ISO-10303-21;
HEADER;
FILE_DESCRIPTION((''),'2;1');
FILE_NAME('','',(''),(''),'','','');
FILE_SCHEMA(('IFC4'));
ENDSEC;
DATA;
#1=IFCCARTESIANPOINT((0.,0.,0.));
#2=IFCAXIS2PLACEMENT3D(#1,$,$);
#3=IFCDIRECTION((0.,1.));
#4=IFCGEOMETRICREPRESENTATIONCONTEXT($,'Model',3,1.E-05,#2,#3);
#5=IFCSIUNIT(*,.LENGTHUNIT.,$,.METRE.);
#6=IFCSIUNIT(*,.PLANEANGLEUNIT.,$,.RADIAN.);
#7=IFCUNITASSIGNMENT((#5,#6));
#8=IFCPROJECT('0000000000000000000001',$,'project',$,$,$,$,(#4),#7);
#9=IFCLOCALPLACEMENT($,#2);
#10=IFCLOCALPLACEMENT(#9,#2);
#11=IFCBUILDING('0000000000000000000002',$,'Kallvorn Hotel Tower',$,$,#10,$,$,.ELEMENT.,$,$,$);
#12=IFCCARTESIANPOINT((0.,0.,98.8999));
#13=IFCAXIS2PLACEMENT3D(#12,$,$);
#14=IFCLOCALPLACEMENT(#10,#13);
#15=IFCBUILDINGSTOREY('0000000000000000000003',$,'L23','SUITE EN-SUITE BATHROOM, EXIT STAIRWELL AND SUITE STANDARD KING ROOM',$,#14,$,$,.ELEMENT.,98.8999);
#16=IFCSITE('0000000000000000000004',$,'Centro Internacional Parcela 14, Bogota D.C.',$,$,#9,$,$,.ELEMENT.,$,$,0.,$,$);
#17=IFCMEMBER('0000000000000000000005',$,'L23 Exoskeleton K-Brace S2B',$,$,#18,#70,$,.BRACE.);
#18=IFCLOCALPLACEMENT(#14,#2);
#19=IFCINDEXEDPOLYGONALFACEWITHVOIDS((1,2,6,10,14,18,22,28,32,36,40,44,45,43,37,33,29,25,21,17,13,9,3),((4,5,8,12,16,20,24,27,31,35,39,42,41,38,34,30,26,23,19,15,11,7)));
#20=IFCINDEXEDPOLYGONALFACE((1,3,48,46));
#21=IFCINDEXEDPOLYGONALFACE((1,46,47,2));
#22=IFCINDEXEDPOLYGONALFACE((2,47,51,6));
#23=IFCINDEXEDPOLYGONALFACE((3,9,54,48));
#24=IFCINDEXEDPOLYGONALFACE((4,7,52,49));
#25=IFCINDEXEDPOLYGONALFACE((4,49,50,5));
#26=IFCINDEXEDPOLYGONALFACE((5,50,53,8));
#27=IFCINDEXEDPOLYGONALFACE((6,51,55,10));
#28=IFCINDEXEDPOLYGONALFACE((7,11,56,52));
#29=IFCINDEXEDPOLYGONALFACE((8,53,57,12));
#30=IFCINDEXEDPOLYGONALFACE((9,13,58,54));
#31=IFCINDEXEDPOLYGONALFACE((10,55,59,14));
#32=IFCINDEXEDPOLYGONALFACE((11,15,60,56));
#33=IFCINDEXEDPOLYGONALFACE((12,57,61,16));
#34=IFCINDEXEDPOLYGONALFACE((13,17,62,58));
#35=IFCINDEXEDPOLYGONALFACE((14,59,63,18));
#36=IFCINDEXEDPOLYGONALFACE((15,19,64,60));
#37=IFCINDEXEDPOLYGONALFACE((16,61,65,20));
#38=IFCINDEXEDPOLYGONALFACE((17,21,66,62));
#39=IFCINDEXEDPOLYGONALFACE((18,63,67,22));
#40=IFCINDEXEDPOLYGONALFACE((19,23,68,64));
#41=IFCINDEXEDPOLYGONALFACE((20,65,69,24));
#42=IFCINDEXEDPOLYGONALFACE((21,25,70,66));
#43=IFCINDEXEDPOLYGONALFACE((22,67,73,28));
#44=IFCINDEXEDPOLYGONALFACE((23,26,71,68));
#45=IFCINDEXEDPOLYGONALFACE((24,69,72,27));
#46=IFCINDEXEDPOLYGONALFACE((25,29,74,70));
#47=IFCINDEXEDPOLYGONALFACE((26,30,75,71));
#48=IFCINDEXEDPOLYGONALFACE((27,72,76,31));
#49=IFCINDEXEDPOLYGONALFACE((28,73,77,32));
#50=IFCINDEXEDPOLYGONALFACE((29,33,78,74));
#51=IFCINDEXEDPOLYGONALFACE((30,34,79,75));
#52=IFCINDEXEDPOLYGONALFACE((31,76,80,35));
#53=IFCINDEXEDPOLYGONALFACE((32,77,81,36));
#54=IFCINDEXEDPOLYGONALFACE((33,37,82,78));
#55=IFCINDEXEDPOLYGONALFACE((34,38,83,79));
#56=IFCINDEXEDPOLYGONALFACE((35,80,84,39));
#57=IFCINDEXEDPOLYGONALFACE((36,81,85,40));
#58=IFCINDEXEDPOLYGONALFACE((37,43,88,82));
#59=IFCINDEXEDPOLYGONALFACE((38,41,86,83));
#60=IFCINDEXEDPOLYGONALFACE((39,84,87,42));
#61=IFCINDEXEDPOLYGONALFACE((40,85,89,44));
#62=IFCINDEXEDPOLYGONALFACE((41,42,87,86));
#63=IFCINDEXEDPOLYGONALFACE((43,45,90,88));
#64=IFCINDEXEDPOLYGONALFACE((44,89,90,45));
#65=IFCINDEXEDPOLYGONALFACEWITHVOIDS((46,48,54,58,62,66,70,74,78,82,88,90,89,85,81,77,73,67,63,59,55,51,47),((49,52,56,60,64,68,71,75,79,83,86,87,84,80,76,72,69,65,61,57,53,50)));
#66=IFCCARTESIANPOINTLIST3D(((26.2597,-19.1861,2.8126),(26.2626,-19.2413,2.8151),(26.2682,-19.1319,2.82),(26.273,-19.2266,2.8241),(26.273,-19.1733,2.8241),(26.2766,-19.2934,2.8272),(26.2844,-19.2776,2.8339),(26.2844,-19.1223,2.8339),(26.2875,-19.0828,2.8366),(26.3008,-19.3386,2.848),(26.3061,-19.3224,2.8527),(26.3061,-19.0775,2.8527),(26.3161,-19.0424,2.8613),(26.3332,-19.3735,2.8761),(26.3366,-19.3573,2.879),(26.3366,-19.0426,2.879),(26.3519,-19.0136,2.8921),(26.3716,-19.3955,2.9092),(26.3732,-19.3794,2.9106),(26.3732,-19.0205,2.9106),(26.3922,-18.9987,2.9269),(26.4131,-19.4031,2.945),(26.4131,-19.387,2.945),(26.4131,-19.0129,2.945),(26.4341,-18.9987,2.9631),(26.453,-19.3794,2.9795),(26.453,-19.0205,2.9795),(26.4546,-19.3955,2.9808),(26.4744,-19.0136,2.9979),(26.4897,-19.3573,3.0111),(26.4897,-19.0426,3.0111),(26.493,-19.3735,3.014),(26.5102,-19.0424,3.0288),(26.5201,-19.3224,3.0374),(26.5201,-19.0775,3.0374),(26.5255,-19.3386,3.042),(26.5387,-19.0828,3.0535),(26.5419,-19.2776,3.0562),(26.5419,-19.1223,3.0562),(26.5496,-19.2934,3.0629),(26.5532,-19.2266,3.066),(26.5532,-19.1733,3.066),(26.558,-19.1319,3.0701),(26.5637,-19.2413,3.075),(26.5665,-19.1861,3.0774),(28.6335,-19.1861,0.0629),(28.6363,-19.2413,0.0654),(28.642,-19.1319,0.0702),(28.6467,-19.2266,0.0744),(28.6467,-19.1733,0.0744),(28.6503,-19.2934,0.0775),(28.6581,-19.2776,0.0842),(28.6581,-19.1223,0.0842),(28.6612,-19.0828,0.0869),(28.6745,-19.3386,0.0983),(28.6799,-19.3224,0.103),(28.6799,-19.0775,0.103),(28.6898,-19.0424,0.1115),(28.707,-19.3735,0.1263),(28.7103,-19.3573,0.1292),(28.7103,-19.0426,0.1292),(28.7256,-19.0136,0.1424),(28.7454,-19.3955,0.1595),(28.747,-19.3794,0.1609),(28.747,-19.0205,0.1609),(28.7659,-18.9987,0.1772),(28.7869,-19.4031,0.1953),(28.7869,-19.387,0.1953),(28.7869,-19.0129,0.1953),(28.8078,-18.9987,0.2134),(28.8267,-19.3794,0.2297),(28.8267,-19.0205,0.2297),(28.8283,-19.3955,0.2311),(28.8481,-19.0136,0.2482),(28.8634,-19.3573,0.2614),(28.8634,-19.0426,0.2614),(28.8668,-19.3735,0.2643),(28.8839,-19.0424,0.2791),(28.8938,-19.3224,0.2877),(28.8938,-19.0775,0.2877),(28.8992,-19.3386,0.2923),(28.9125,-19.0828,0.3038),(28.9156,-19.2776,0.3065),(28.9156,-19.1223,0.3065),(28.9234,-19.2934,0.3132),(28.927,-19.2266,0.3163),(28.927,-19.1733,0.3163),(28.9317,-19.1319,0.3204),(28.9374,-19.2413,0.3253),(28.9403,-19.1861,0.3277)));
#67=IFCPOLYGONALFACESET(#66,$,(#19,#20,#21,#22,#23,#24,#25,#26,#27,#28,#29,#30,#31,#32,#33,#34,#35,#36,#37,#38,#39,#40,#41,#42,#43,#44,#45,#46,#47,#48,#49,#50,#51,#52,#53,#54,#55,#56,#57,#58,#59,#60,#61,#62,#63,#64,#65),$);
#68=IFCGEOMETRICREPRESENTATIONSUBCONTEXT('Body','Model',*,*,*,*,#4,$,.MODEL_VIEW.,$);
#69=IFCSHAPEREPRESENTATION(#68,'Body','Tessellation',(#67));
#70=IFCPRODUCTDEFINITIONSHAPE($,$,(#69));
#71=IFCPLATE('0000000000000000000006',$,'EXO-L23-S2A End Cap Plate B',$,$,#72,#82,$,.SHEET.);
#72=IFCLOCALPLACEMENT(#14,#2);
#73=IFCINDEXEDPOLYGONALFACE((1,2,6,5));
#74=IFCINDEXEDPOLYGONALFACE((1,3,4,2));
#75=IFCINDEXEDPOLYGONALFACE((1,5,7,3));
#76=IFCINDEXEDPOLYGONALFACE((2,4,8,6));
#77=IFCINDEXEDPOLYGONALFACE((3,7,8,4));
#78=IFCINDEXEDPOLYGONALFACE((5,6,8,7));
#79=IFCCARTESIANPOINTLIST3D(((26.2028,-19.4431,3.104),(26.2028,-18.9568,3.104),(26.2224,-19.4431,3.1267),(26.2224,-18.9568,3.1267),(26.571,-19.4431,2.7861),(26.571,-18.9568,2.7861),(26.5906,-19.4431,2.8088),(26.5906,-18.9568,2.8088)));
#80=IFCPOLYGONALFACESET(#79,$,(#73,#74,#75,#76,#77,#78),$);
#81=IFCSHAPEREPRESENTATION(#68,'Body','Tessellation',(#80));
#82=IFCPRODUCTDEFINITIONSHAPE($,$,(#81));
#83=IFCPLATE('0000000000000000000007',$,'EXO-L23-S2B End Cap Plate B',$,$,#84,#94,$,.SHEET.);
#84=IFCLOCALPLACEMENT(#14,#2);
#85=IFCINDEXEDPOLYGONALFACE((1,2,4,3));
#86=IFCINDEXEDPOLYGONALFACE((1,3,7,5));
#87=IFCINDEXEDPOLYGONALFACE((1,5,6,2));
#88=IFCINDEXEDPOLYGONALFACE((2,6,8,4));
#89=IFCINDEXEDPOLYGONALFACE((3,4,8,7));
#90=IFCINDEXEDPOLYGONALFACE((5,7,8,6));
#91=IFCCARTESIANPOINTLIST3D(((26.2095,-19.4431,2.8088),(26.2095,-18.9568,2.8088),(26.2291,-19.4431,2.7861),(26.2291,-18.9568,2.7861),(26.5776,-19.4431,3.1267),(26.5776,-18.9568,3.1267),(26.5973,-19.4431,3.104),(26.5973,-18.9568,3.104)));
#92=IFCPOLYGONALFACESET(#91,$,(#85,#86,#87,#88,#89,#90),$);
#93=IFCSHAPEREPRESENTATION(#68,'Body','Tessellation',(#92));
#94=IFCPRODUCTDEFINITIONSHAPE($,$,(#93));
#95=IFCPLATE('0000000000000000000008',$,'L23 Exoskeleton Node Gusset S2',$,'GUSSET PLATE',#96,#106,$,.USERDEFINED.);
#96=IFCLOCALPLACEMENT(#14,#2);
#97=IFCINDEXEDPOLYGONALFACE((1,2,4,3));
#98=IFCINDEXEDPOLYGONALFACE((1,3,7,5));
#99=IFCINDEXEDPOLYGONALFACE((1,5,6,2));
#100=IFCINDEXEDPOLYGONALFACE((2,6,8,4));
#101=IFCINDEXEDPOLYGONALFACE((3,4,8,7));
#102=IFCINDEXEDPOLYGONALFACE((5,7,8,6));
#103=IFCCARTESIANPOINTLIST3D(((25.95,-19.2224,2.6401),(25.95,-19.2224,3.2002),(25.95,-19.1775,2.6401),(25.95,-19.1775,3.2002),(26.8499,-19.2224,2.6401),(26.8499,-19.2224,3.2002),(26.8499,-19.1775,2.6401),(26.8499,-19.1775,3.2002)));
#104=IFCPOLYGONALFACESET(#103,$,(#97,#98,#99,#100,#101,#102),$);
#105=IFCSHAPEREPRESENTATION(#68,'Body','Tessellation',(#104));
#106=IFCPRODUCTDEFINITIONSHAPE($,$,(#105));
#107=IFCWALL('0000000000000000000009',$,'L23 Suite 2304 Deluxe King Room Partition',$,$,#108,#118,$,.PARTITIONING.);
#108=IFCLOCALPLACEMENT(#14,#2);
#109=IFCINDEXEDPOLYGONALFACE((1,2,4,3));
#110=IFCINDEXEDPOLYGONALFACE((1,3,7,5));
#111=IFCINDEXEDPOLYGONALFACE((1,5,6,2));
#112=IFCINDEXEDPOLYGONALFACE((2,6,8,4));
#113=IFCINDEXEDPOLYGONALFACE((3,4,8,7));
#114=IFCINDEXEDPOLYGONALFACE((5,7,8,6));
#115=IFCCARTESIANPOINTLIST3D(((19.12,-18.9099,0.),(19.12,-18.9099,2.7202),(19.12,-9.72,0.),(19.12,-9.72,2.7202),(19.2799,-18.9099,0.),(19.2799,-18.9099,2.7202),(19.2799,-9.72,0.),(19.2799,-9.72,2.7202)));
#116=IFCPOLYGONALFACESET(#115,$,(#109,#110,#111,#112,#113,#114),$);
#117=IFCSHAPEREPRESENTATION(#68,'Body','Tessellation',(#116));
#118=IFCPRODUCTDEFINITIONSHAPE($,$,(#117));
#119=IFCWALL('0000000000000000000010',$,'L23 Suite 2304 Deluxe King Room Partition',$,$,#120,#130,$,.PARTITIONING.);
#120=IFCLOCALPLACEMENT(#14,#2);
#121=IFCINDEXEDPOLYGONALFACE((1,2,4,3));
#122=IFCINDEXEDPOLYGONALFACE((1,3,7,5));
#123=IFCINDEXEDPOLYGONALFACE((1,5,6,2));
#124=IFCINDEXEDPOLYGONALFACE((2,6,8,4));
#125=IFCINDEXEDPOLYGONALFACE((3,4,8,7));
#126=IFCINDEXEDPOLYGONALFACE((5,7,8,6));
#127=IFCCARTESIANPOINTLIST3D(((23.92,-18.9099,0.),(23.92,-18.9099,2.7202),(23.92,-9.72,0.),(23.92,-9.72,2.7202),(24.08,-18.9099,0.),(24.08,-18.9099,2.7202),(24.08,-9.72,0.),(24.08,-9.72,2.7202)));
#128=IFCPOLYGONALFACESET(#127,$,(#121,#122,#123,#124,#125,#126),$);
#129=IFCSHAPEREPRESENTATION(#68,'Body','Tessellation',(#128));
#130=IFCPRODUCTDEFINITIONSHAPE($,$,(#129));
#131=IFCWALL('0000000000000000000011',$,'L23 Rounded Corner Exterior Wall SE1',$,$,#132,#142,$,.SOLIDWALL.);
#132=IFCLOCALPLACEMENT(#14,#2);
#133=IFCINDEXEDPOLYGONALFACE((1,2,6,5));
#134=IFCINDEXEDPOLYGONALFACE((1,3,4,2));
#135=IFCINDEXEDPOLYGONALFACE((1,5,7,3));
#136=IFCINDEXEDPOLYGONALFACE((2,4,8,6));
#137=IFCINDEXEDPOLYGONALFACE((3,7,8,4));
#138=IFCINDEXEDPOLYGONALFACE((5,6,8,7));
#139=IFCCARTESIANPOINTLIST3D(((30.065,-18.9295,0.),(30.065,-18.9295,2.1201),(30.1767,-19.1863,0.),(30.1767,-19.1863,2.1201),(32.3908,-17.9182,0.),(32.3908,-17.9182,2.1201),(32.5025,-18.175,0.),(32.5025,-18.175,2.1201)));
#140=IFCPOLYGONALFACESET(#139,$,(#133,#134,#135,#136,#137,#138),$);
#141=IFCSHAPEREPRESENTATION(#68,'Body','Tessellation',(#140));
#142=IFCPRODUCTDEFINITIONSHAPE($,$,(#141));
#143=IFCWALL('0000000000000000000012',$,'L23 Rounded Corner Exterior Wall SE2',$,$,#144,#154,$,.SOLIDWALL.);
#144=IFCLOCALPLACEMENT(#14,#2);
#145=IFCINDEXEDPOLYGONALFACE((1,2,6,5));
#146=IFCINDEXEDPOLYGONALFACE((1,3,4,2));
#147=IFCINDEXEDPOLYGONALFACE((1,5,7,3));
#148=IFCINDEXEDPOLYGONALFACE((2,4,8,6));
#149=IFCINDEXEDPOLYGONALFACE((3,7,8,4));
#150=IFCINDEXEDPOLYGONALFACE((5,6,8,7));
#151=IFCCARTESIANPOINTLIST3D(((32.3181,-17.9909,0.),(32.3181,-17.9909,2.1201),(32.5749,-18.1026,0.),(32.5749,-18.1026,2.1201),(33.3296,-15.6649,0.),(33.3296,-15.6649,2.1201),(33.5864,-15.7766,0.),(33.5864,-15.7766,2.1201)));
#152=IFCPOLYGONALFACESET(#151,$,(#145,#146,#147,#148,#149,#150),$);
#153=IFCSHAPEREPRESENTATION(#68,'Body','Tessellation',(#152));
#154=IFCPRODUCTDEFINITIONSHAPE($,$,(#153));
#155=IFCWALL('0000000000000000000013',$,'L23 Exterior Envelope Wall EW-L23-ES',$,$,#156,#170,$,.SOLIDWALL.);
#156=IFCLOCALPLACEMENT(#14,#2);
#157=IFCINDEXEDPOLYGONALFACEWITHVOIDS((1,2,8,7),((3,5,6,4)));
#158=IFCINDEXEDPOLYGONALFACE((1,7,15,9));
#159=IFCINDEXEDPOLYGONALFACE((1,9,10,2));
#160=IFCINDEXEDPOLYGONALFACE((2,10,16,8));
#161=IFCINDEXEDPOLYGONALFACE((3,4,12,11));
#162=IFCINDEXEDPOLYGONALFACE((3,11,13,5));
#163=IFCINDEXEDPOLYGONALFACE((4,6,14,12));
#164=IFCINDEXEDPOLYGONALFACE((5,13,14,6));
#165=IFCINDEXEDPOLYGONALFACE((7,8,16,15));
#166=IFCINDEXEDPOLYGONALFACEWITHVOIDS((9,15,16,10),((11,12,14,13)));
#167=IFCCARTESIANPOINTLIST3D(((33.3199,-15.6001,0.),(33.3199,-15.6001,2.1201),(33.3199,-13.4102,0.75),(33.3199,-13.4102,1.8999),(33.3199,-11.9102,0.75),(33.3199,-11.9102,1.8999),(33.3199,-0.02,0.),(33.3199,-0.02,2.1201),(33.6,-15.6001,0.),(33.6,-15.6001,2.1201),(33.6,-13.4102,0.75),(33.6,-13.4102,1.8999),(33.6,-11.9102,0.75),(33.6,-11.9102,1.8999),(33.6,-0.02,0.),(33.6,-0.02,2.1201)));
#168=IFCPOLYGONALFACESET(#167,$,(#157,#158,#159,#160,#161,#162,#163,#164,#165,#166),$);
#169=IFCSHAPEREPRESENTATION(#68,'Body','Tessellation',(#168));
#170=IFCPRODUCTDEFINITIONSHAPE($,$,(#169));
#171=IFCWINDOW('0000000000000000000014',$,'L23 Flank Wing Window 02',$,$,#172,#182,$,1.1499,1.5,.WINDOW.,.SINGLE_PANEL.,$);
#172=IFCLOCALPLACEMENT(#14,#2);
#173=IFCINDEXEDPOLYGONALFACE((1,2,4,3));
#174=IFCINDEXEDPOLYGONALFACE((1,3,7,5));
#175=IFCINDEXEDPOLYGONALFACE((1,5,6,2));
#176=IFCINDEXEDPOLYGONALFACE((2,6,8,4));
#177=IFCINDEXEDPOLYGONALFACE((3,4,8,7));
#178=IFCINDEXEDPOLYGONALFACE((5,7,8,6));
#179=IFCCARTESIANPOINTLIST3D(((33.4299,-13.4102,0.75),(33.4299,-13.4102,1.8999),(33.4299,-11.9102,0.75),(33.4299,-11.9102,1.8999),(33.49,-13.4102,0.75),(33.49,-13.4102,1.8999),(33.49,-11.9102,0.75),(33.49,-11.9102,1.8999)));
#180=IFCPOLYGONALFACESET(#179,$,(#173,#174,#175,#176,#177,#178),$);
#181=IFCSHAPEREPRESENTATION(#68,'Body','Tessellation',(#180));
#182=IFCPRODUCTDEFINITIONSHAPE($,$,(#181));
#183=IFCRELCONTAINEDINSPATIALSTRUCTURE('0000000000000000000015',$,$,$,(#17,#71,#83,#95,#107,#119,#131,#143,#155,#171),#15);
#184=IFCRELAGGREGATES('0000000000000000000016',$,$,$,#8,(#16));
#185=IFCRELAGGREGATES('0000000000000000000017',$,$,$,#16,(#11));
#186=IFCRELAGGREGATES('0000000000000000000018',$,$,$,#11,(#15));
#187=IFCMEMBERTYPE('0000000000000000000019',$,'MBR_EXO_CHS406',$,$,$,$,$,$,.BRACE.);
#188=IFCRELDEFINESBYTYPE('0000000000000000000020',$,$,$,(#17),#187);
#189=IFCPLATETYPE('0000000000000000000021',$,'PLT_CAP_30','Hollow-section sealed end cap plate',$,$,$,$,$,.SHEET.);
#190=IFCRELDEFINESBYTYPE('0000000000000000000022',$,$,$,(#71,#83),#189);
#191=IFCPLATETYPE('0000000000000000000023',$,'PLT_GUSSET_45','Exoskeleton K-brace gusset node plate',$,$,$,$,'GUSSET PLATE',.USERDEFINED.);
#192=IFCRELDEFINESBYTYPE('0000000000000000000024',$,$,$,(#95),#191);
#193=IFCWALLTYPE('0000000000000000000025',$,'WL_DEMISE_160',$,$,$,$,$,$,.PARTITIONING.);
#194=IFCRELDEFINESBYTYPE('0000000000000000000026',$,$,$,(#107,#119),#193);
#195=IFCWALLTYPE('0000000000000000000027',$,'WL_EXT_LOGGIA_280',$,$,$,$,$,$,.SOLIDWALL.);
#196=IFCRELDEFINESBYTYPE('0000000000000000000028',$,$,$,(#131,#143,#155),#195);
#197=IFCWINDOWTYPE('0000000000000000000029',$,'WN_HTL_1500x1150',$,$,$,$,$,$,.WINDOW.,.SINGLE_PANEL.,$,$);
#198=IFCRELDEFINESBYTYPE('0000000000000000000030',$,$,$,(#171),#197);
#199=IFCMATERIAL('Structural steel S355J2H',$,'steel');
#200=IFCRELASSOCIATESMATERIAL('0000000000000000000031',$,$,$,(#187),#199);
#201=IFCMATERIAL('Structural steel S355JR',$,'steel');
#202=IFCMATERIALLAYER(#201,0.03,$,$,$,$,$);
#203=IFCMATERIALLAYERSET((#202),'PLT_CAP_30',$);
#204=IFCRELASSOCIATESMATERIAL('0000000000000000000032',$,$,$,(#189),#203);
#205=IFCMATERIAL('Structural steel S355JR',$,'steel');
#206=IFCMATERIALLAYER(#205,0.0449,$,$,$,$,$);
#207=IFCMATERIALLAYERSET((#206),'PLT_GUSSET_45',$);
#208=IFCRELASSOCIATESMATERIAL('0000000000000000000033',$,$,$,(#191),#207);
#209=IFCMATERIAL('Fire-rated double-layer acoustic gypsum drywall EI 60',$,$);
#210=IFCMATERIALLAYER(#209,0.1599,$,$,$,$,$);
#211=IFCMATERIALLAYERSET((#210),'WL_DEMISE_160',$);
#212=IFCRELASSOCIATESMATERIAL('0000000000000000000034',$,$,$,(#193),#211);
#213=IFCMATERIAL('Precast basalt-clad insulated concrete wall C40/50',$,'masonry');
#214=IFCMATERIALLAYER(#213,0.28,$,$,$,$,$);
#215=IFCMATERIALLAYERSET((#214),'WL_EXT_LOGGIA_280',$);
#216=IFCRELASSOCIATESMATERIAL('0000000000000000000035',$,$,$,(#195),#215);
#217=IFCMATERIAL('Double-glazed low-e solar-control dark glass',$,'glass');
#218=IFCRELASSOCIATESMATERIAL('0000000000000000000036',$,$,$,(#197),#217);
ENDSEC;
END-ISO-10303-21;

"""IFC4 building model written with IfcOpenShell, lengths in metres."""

from ifc_helpers import new_model, si_unit, direction, frame, frame_2d, origin, origin_2d, place, context, subcontext, project, spatial, polyline, rectangle, hollow_circle, outline, extrude, material, layer, layer_set, material_profile, profile_set, type_object, element, fill, save


model = new_model("IFC4")

# Units and contexts
model_context = context("Model", 3, precision=1e-05, world=origin(), true_north=direction((0.0, 1.0)))
body_context = subcontext(model_context, "Body", "Model", "MODEL_VIEW")
ifc_project = project(units=[si_unit("LENGTHUNIT", "METRE"), si_unit("PLANEANGLEUNIT", "RADIAN")], contexts=[model_context])

# Site, building, storey
site_placement = place(None, origin())
site = spatial("IfcSite", under=ifc_project, at=site_placement, Name="Centro Internacional Parcela 14, Bogota D.C.", CompositionType="ELEMENT", RefElevation=0.0)
building_placement = place(site_placement, origin())
building = spatial("IfcBuilding", under=site, at=building_placement, Name="Kallvorn Hotel Tower", CompositionType="ELEMENT")
storey_placement = place(building_placement, frame((0.0, 0.0, 98.8999)))
storey = spatial("IfcBuildingStorey", under=building, at=storey_placement, Name="L23", Description="SUITE EN-SUITE BATHROOM, EXIT STAIRWELL AND SUITE STANDARD KING ROOM", CompositionType="ELEMENT", Elevation=98.8999)

# Member
ifc_material_1 = material(Name="Structural steel S355J2H", Category="steel")
ifc_material_profile_1 = material_profile(ifc_material_1, hollow_circle(Radius=0.2031, WallThickness=0.0161, at=origin_2d()), Name="CHS 406.4x16")
ifc_profile_set_1 = profile_set([ifc_material_profile_1], Name="Structural steel S355J2H")
member_type = type_object("IfcMemberType", Name="MBR_EXO_CHS406", PredefinedType="BRACE", material=ifc_profile_set_1)
for number, where, z_axis, x_axis, name in (
    (1, (28.7869, -19.2, 0.1953), (-0.653461, 0.0, 0.756961), (0.0, -1.0, 0.0), "L23 Exoskeleton K-Brace S2B"),
):
    element("IfcMember", number, at=place(storey_placement, frame(where, z_axis=z_axis, x_axis=x_axis)), inside=storey, type_object=member_type, Name=name, PredefinedType="BRACE", context=body_context, shape_type="SweptSolid", body=[
        extrude(hollow_circle(Radius=0.2031, WallThickness=0.0161, at=origin_2d()), origin(), (0.0, 0.0, 1.0), 3.6326),
    ])

# Plates
ifc_material_2 = material(Name="Structural steel S355JR", Category="steel")
ifc_layer_1 = layer(ifc_material_2, 0.03)
ifc_layer_set_1 = layer_set([ifc_layer_1], Name="PLT_CAP_30")
plate_type_1 = type_object("IfcPlateType", Name="PLT_CAP_30", Description="Hollow-section sealed end cap plate", PredefinedType="SHEET", material=ifc_layer_set_1)
for number, where, z_axis, x_axis, name in (
    (2, (26.5906, -19.4431, 2.8088), (0.653515, 0.0, 0.756913), (0.0, 1.0, 0.0), "EXO-L23-S2A End Cap Plate B"),
    (3, (26.2095, -18.9568, 2.8088), (-0.653515, 0.0, 0.756913), (0.0, -1.0, 0.0), "EXO-L23-S2B End Cap Plate B"),
):
    element("IfcPlate", number, at=place(storey_placement, frame(where, z_axis=z_axis, x_axis=x_axis)), inside=storey, type_object=plate_type_1, Name=name, PredefinedType="SHEET", context=body_context, shape_type="SweptSolid", body=[
        extrude(outline(polyline([(0.0, 0.0), (0.4863, 0.0), (0.4863, 0.4864), (0.0, 0.4864), (0.0, 0.0)])), origin(), (0.0, 0.0, -1.0), 0.03),
    ])
ifc_material_3 = material(Name="Structural steel S355JR", Category="steel")
ifc_layer_2 = layer(ifc_material_3, 0.0449)
ifc_layer_set_2 = layer_set([ifc_layer_2], Name="PLT_GUSSET_45")
plate_type_2 = type_object("IfcPlateType", Name="PLT_GUSSET_45", Description="Exoskeleton K-brace gusset node plate", ElementType="GUSSET PLATE", PredefinedType="USERDEFINED", material=ifc_layer_set_2)
plate_placement = place(storey_placement, frame((26.3999, -19.2, 2.6401), z_axis=(0.0, 0.0, 1.0), x_axis=(1.0, 0.0, 0.0)))
element("IfcPlate", 4, at=plate_placement, inside=storey, type_object=plate_type_2, Name="L23 Exoskeleton Node Gusset S2", ObjectType="GUSSET PLATE", PredefinedType="USERDEFINED", context=body_context, shape_type="SweptSolid", body=[
    extrude(rectangle(XDim=0.8999, YDim=0.0449, at=origin_2d()), origin(), (0.0, 0.0, 1.0), 0.5601),
])

# Walls
ifc_material_4 = material(Name="Fire-rated double-layer acoustic gypsum drywall EI 60")
ifc_layer_3 = layer(ifc_material_4, 0.1599)
ifc_layer_set_3 = layer_set([ifc_layer_3], Name="WL_DEMISE_160")
wall_type_1 = type_object("IfcWallType", Name="WL_DEMISE_160", PredefinedType="PARTITIONING", material=ifc_layer_set_3)
for number, where, z_axis, x_axis, name in (
    (5, (19.2, -18.9099, 0.0), (0.0, 0.0, 1.0), (0.0, 1.0, 0.0), "L23 Suite 2304 Deluxe King Room Partition"),
    (6, (24.0, -18.9099, 0.0), (0.0, 0.0, 1.0), (0.0, 1.0, 0.0), "L23 Suite 2304 Deluxe King Room Partition"),
):
    element("IfcWall", number, at=place(storey_placement, frame(where, z_axis=z_axis, x_axis=x_axis)), inside=storey, type_object=wall_type_1, Name=name, PredefinedType="PARTITIONING", context=body_context, shape_type="SweptSolid", body=[
        extrude(rectangle(XDim=9.1899, YDim=0.1599, at=frame_2d((4.595, 0.0))), origin(), (0.0, 0.0, 1.0), 2.7202),
    ])
ifc_material_5 = material(Name="Precast basalt-clad insulated concrete wall C40/50", Category="masonry")
ifc_layer_4 = layer(ifc_material_5, 0.28)
ifc_layer_set_4 = layer_set([ifc_layer_4], Name="WL_EXT_LOGGIA_280")
wall_type_2 = type_object("IfcWallType", Name="WL_EXT_LOGGIA_280", PredefinedType="SOLIDWALL", material=ifc_layer_set_4)
wall_1_placement = place(storey_placement, frame((30.1208, -19.0579, 0.0), z_axis=(0.0, 0.0, 1.0), x_axis=(0.917061, 0.398747, 0.0)))
element("IfcWall", 7, at=wall_1_placement, inside=storey, type_object=wall_type_2, Name="L23 Rounded Corner Exterior Wall SE1", PredefinedType="SOLIDWALL", context=body_context, shape_type="SweptSolid", body=[
    extrude(rectangle(XDim=2.5361, YDim=0.28, at=frame_2d((1.2681, 0.0))), origin(), (0.0, 0.0, 1.0), 2.1201),
])
wall_2_placement = place(storey_placement, frame((32.4465, -18.0466, 0.0), z_axis=(0.0, 0.0, 1.0), x_axis=(0.398793, 0.917041, 0.0)))
element("IfcWall", 8, at=wall_2_placement, inside=storey, type_object=wall_type_2, Name="L23 Rounded Corner Exterior Wall SE2", PredefinedType="SOLIDWALL", context=body_context, shape_type="SweptSolid", body=[
    extrude(rectangle(XDim=2.5364, YDim=0.28, at=frame_2d((1.2681, 0.0))), origin(), (0.0, 0.0, 1.0), 2.1201),
])

# Wall, opening, window
wall_3_placement = place(storey_placement, frame((33.46, -15.6001, 0.0), z_axis=(0.0, 0.0, 1.0), x_axis=(0.0, 1.0, 0.0)))
wall_3 = element("IfcWall", 9, at=wall_3_placement, inside=storey, type_object=wall_type_2, Name="L23 Exterior Envelope Wall EW-L23-ES", PredefinedType="SOLIDWALL", context=body_context, shape_type="SweptSolid", body=[
    extrude(rectangle(XDim=15.5801, YDim=0.28, at=frame_2d((7.79, 0.0))), origin(), (0.0, 0.0, 1.0), 2.1201),
])
opening_placement = place(wall_3_placement, frame((2.1899, 0.0, 0.75)))
opening = element("IfcOpeningElement", 10, at=opening_placement, cuts=wall_3, PredefinedType="OPENING", context=body_context, shape_type="SweptSolid", body=[
    extrude(rectangle(XDim=1.5, YDim=1.1499, at=frame_2d((0.75, 0.575))), frame((0.0, 0.155, 0.0), z_axis=(0.0, -1.0, 0.0), x_axis=(1.0, 0.0, 0.0)), (0.0, 0.0, 1.0), 0.3101),
])
ifc_material_6 = material(Name="Double-glazed low-e solar-control dark glass", Category="glass")
window_type = type_object("IfcWindowType", Name="WN_HTL_1500x1150", PartitioningType="SINGLE_PANEL", PredefinedType="WINDOW", material=ifc_material_6)
window_placement = place(opening_placement, origin())
window = element("IfcWindow", 11, at=window_placement, inside=storey, type_object=window_type, Name="L23 Flank Wing Window 02", OverallHeight=1.1499, OverallWidth=1.5, PartitioningType="SINGLE_PANEL", PredefinedType="WINDOW", context=body_context, shape_type="SweptSolid", body=[
    extrude(rectangle(XDim=1.5, YDim=1.1499, at=frame_2d((0.75, 0.575))), frame((0.0, 0.03, 0.0), z_axis=(0.0, -1.0, 0.0), x_axis=(1.0, 0.0, 0.0)), (0.0, 0.0, 1.0), 0.0601),
])
fill(opening, window)

save(model, "model.ifc")
